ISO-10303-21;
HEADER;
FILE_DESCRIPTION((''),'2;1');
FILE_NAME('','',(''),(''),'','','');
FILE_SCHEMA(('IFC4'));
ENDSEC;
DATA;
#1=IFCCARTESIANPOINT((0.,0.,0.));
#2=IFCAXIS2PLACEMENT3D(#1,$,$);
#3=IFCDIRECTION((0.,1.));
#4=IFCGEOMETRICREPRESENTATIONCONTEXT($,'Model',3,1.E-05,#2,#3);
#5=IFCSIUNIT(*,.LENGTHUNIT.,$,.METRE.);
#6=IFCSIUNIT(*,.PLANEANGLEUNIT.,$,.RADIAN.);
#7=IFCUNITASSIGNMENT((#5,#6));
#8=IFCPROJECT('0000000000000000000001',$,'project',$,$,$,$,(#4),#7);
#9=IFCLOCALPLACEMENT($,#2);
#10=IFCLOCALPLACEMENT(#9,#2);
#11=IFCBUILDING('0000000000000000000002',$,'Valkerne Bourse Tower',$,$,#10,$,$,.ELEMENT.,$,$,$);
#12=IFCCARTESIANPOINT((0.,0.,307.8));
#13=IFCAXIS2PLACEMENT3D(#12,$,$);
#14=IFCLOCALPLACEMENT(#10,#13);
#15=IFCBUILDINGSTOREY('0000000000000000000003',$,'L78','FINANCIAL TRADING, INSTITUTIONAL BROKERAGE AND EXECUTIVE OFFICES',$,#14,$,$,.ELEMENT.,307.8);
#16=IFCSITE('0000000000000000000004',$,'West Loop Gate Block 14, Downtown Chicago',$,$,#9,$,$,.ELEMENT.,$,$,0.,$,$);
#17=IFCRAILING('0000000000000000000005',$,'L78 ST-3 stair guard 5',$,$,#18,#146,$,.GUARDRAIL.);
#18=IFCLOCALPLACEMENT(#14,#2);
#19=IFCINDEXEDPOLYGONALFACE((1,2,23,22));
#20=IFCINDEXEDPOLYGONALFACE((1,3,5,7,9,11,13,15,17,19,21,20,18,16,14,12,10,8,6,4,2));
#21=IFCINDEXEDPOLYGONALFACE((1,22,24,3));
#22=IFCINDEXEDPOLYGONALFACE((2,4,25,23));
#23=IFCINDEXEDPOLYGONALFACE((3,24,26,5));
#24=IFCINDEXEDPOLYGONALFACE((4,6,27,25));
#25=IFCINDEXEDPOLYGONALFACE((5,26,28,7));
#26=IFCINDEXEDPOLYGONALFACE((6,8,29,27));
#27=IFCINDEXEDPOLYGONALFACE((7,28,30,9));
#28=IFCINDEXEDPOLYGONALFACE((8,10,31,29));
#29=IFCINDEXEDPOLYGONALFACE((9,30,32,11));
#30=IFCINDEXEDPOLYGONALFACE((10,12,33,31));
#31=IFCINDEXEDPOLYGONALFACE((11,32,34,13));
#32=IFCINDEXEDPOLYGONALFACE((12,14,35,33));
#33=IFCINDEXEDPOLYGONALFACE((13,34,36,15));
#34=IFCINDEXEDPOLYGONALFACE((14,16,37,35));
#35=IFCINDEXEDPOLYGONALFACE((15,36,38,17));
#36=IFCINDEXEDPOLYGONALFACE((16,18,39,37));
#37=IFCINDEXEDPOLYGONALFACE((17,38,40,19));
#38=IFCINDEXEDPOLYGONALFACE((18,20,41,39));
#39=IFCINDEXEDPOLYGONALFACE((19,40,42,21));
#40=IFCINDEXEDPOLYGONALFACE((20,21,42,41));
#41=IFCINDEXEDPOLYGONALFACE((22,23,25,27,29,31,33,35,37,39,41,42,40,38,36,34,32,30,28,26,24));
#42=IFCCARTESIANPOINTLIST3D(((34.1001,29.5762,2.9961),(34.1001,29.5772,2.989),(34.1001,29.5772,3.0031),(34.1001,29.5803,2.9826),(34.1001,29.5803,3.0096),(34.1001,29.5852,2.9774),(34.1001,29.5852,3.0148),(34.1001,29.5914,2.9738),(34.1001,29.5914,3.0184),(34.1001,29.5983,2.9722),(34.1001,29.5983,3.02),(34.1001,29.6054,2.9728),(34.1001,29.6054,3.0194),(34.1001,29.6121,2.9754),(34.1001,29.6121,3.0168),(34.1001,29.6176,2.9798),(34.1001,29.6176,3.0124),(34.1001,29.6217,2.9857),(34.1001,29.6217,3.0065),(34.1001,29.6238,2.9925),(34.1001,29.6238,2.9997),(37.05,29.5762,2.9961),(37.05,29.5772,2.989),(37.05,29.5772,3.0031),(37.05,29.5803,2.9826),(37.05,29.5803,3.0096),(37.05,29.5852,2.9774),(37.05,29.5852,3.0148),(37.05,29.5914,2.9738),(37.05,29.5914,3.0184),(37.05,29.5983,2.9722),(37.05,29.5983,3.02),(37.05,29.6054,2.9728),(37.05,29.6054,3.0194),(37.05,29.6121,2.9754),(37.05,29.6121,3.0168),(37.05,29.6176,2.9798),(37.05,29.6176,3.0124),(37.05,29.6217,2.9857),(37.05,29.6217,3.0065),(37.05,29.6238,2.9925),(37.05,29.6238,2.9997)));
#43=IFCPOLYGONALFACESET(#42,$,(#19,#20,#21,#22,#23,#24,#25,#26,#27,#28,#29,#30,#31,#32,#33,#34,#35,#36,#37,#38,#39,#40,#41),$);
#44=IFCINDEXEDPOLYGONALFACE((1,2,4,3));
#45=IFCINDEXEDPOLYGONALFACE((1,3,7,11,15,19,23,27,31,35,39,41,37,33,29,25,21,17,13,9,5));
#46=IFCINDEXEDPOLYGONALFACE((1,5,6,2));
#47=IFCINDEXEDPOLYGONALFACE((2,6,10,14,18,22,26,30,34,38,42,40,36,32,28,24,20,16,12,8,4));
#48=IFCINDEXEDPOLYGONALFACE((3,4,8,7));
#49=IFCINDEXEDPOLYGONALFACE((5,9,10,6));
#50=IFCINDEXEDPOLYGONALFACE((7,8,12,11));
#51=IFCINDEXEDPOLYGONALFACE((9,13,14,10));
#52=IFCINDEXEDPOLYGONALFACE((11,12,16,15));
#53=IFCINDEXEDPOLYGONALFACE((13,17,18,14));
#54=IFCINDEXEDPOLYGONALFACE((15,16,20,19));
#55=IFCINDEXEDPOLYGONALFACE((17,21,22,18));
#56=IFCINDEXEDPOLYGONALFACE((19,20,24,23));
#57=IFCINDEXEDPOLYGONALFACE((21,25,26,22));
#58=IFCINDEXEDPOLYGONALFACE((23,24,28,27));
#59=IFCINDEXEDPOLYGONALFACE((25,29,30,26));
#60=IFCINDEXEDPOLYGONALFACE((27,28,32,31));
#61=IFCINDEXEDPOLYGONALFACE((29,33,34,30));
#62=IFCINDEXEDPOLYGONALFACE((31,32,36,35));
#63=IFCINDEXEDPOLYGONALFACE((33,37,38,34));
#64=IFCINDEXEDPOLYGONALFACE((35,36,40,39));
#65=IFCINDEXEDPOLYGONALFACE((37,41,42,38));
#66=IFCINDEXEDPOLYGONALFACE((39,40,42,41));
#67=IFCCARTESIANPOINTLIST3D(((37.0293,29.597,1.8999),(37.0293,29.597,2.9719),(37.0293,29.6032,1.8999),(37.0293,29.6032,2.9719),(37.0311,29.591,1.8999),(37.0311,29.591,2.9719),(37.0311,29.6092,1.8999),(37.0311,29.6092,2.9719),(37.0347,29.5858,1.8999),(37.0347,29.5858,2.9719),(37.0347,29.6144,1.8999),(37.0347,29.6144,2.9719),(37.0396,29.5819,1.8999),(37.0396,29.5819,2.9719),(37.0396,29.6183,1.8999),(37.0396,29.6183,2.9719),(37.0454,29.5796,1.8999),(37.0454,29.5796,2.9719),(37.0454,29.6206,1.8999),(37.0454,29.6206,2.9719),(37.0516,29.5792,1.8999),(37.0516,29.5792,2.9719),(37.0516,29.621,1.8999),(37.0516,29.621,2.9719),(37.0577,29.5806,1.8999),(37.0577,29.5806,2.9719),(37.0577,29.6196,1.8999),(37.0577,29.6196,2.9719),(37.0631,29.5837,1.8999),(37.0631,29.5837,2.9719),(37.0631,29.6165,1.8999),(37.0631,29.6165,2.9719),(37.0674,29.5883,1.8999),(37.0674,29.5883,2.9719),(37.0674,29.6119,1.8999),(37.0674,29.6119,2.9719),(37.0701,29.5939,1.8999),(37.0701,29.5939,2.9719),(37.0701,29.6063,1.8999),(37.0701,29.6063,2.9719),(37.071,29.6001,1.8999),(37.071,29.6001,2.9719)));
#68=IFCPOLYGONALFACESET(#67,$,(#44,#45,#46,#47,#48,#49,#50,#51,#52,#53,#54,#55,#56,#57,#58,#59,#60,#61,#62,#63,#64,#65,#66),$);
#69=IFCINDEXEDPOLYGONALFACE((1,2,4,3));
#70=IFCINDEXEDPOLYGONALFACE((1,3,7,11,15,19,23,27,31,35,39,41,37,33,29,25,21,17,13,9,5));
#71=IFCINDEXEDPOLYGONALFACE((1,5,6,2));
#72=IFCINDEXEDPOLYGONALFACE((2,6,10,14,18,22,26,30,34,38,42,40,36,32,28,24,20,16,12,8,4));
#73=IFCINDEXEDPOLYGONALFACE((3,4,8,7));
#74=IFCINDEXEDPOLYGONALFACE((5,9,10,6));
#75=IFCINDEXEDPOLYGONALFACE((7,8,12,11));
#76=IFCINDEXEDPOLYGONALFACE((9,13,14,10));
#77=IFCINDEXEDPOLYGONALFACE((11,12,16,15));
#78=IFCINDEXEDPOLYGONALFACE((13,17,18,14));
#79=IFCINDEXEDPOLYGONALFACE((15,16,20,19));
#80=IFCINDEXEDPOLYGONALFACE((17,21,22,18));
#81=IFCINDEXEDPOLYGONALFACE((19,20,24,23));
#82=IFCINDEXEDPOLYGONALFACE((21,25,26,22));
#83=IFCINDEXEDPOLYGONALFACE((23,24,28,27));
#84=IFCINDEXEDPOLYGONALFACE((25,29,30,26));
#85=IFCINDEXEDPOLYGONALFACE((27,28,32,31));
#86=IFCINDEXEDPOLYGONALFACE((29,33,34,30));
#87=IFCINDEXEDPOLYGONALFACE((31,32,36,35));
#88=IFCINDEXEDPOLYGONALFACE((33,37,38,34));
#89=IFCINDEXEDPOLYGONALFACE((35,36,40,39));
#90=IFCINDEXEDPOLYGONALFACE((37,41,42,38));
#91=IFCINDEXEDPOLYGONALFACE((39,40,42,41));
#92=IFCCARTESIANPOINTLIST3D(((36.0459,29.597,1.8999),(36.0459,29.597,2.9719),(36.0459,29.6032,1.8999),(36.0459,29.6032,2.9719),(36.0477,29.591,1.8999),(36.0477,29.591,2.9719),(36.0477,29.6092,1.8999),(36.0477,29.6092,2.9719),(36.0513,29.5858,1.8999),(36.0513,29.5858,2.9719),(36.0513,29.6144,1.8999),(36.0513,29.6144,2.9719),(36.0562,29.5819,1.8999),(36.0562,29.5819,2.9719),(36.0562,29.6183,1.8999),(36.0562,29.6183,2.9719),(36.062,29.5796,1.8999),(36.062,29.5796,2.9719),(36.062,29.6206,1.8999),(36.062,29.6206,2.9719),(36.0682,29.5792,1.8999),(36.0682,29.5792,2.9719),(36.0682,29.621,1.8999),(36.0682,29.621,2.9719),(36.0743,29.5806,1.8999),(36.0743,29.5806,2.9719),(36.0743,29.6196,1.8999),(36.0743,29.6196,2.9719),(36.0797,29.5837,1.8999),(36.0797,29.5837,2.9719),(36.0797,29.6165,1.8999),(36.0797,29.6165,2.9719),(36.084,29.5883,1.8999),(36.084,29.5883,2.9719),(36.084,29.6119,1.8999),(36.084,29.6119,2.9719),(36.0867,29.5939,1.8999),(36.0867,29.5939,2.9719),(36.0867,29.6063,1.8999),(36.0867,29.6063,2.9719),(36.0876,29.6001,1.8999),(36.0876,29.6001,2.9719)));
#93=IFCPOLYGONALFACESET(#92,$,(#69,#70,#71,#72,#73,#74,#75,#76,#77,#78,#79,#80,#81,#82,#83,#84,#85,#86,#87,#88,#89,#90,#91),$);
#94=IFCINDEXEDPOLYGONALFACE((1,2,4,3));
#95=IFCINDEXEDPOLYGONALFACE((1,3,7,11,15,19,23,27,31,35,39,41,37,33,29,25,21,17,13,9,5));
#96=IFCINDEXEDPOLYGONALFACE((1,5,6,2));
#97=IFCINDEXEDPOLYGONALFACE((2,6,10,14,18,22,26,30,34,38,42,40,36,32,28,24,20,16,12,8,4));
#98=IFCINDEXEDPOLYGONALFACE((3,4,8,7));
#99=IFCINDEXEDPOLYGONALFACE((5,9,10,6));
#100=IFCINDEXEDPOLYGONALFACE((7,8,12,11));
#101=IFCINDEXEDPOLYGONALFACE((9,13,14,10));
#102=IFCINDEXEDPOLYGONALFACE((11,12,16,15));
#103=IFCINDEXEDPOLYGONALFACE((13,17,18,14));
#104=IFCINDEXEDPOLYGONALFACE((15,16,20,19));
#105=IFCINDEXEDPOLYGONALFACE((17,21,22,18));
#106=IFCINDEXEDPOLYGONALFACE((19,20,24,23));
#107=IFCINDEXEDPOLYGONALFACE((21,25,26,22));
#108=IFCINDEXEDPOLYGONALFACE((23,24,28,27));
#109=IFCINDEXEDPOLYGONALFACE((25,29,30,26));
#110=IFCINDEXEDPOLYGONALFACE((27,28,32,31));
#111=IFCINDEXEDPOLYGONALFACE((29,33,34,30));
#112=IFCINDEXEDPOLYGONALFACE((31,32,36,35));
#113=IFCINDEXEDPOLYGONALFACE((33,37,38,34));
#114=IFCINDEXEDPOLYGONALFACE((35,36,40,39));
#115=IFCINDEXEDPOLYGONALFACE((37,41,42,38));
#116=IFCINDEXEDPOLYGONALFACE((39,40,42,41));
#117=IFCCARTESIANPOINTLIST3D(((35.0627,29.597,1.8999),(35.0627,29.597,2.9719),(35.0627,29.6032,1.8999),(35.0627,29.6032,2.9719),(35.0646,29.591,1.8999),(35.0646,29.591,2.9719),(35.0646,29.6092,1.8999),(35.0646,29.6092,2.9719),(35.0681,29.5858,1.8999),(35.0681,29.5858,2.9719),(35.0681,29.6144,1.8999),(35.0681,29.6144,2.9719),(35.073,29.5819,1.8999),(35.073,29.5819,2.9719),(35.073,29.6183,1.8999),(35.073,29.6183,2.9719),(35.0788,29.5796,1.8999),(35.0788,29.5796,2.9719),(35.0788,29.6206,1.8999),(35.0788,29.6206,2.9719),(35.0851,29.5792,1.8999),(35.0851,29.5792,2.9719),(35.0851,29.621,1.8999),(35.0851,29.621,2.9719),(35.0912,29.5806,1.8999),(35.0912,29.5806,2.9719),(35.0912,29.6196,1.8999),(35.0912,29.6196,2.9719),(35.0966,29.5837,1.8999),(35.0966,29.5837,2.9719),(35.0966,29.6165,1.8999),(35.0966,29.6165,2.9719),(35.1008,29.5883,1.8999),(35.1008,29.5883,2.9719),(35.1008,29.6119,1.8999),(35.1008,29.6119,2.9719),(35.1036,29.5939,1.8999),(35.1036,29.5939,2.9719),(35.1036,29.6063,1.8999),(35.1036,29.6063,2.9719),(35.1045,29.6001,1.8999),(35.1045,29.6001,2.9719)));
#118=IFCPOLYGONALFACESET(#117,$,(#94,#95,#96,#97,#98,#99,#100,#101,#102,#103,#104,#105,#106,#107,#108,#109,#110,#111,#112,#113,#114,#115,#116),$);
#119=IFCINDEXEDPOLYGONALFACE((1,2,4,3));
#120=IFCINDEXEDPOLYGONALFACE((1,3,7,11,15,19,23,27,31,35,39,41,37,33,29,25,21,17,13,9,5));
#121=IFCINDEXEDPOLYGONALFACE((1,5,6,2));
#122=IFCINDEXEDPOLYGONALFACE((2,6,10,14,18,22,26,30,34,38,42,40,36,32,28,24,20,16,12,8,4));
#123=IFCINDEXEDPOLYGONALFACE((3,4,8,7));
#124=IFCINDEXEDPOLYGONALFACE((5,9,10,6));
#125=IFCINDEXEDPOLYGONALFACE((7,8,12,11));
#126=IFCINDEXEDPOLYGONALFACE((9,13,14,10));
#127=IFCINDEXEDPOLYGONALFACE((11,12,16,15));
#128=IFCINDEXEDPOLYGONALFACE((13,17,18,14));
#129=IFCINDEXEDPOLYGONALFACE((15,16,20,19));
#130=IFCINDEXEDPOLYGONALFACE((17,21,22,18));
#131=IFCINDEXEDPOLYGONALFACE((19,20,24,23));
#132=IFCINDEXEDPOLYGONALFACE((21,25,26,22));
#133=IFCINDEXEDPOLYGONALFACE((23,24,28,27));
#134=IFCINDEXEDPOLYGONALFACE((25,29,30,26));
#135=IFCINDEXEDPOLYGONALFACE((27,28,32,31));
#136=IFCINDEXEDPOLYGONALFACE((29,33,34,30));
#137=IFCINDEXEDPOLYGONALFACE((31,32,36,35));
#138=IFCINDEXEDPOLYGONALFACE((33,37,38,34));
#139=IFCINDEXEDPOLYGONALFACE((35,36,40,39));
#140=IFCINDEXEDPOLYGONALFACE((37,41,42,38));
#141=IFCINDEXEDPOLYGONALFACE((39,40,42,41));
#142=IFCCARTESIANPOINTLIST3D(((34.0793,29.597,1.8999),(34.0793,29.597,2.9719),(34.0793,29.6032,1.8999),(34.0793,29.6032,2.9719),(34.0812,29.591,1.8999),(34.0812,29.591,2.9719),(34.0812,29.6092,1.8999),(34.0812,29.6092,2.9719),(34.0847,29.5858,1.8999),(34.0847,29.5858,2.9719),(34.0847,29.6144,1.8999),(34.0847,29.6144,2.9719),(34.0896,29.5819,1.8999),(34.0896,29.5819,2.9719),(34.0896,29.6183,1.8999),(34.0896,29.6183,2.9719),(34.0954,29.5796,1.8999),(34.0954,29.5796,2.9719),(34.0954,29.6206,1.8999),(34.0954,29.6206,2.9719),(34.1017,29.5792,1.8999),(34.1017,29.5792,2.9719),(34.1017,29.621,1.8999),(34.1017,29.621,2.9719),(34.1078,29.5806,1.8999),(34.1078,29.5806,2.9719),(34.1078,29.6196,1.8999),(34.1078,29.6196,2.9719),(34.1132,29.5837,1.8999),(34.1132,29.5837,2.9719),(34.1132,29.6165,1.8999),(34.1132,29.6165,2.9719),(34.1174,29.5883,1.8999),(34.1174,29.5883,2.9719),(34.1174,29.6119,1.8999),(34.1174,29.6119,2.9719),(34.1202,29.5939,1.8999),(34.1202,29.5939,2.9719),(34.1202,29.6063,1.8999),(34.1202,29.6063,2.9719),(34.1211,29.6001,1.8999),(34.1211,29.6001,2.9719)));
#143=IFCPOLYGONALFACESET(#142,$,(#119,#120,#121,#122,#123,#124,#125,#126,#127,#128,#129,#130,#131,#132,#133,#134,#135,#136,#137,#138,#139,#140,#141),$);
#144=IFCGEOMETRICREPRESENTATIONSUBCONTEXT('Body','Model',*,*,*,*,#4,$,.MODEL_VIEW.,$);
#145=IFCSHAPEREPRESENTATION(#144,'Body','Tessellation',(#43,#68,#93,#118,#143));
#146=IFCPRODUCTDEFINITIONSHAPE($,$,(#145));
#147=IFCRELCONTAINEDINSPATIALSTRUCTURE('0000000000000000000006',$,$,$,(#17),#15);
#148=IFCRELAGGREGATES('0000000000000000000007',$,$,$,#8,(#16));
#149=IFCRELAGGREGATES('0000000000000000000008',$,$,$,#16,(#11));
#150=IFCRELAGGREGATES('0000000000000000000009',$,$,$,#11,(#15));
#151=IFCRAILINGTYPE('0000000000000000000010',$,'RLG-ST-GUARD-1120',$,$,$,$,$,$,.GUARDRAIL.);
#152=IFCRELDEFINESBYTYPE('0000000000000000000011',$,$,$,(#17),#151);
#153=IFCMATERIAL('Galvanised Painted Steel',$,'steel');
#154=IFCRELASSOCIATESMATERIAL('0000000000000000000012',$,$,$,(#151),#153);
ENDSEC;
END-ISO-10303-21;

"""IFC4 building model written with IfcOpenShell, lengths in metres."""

from ifc_helpers import new_model, si_unit, direction, frame, origin, origin_2d, place, context, subcontext, project, spatial, circle, extrude, material, type_object, element, save


model = new_model("IFC4")

# Units and contexts
model_context = context("Model", 3, precision=1e-05, world=origin(), true_north=direction((0.0, 1.0)))
body_context = subcontext(model_context, "Body", "Model", "MODEL_VIEW")
ifc_project = project(units=[si_unit("LENGTHUNIT", "METRE"), si_unit("PLANEANGLEUNIT", "RADIAN")], contexts=[model_context])

# Site, building, storey
site_placement = place(None, origin())
site = spatial("IfcSite", under=ifc_project, at=site_placement, Name="West Loop Gate Block 14, Downtown Chicago", CompositionType="ELEMENT", RefElevation=0.0)
building_placement = place(site_placement, origin())
building = spatial("IfcBuilding", under=site, at=building_placement, Name="Valkerne Bourse Tower", CompositionType="ELEMENT")
storey_placement = place(building_placement, frame((0.0, 0.0, 307.8)))
storey = spatial("IfcBuildingStorey", under=building, at=storey_placement, Name="L78", Description="FINANCIAL TRADING, INSTITUTIONAL BROKERAGE AND EXECUTIVE OFFICES", CompositionType="ELEMENT", Elevation=307.8)

# Shared definitions
ifc_material_1 = material(Name="Galvanised Painted Steel", Category="steel")

# Railing
railing_type = type_object("IfcRailingType", Name="RLG-ST-GUARD-1120", PredefinedType="GUARDRAIL", material=ifc_material_1)
railing_1_placement = place(storey_placement, frame((37.05, 29.6001, 1.8999)))
element("IfcRailing", 1, at=railing_1_placement, inside=storey, type_object=railing_type, Name="L78 ST-3 stair guard 5", PredefinedType="GUARDRAIL", context=body_context, shape_type="SweptSolid", body=[
    extrude(circle(Radius=0.0239, at=origin_2d()), frame((0.0, 0.0, 1.0962), z_axis=(-1.0, 0.0, 0.0), x_axis=(0.0, -1.0, 0.0)), (0.0, 0.0, 1.0), 2.95),
    extrude(circle(Radius=0.021, at=origin_2d()), origin(), (0.0, 0.0, 1.0), 1.072),
    extrude(circle(Radius=0.021, at=origin_2d()), frame((-0.9834, 0.0, 0.0)), (0.0, 0.0, 1.0), 1.072),
    extrude(circle(Radius=0.021, at=origin_2d()), frame((-1.9666, 0.0, 0.0)), (0.0, 0.0, 1.0), 1.072),
    extrude(circle(Radius=0.021, at=origin_2d()), frame((-2.95, 0.0, 0.0)), (0.0, 0.0, 1.0), 1.072),
])

save(model, "model.ifc")
